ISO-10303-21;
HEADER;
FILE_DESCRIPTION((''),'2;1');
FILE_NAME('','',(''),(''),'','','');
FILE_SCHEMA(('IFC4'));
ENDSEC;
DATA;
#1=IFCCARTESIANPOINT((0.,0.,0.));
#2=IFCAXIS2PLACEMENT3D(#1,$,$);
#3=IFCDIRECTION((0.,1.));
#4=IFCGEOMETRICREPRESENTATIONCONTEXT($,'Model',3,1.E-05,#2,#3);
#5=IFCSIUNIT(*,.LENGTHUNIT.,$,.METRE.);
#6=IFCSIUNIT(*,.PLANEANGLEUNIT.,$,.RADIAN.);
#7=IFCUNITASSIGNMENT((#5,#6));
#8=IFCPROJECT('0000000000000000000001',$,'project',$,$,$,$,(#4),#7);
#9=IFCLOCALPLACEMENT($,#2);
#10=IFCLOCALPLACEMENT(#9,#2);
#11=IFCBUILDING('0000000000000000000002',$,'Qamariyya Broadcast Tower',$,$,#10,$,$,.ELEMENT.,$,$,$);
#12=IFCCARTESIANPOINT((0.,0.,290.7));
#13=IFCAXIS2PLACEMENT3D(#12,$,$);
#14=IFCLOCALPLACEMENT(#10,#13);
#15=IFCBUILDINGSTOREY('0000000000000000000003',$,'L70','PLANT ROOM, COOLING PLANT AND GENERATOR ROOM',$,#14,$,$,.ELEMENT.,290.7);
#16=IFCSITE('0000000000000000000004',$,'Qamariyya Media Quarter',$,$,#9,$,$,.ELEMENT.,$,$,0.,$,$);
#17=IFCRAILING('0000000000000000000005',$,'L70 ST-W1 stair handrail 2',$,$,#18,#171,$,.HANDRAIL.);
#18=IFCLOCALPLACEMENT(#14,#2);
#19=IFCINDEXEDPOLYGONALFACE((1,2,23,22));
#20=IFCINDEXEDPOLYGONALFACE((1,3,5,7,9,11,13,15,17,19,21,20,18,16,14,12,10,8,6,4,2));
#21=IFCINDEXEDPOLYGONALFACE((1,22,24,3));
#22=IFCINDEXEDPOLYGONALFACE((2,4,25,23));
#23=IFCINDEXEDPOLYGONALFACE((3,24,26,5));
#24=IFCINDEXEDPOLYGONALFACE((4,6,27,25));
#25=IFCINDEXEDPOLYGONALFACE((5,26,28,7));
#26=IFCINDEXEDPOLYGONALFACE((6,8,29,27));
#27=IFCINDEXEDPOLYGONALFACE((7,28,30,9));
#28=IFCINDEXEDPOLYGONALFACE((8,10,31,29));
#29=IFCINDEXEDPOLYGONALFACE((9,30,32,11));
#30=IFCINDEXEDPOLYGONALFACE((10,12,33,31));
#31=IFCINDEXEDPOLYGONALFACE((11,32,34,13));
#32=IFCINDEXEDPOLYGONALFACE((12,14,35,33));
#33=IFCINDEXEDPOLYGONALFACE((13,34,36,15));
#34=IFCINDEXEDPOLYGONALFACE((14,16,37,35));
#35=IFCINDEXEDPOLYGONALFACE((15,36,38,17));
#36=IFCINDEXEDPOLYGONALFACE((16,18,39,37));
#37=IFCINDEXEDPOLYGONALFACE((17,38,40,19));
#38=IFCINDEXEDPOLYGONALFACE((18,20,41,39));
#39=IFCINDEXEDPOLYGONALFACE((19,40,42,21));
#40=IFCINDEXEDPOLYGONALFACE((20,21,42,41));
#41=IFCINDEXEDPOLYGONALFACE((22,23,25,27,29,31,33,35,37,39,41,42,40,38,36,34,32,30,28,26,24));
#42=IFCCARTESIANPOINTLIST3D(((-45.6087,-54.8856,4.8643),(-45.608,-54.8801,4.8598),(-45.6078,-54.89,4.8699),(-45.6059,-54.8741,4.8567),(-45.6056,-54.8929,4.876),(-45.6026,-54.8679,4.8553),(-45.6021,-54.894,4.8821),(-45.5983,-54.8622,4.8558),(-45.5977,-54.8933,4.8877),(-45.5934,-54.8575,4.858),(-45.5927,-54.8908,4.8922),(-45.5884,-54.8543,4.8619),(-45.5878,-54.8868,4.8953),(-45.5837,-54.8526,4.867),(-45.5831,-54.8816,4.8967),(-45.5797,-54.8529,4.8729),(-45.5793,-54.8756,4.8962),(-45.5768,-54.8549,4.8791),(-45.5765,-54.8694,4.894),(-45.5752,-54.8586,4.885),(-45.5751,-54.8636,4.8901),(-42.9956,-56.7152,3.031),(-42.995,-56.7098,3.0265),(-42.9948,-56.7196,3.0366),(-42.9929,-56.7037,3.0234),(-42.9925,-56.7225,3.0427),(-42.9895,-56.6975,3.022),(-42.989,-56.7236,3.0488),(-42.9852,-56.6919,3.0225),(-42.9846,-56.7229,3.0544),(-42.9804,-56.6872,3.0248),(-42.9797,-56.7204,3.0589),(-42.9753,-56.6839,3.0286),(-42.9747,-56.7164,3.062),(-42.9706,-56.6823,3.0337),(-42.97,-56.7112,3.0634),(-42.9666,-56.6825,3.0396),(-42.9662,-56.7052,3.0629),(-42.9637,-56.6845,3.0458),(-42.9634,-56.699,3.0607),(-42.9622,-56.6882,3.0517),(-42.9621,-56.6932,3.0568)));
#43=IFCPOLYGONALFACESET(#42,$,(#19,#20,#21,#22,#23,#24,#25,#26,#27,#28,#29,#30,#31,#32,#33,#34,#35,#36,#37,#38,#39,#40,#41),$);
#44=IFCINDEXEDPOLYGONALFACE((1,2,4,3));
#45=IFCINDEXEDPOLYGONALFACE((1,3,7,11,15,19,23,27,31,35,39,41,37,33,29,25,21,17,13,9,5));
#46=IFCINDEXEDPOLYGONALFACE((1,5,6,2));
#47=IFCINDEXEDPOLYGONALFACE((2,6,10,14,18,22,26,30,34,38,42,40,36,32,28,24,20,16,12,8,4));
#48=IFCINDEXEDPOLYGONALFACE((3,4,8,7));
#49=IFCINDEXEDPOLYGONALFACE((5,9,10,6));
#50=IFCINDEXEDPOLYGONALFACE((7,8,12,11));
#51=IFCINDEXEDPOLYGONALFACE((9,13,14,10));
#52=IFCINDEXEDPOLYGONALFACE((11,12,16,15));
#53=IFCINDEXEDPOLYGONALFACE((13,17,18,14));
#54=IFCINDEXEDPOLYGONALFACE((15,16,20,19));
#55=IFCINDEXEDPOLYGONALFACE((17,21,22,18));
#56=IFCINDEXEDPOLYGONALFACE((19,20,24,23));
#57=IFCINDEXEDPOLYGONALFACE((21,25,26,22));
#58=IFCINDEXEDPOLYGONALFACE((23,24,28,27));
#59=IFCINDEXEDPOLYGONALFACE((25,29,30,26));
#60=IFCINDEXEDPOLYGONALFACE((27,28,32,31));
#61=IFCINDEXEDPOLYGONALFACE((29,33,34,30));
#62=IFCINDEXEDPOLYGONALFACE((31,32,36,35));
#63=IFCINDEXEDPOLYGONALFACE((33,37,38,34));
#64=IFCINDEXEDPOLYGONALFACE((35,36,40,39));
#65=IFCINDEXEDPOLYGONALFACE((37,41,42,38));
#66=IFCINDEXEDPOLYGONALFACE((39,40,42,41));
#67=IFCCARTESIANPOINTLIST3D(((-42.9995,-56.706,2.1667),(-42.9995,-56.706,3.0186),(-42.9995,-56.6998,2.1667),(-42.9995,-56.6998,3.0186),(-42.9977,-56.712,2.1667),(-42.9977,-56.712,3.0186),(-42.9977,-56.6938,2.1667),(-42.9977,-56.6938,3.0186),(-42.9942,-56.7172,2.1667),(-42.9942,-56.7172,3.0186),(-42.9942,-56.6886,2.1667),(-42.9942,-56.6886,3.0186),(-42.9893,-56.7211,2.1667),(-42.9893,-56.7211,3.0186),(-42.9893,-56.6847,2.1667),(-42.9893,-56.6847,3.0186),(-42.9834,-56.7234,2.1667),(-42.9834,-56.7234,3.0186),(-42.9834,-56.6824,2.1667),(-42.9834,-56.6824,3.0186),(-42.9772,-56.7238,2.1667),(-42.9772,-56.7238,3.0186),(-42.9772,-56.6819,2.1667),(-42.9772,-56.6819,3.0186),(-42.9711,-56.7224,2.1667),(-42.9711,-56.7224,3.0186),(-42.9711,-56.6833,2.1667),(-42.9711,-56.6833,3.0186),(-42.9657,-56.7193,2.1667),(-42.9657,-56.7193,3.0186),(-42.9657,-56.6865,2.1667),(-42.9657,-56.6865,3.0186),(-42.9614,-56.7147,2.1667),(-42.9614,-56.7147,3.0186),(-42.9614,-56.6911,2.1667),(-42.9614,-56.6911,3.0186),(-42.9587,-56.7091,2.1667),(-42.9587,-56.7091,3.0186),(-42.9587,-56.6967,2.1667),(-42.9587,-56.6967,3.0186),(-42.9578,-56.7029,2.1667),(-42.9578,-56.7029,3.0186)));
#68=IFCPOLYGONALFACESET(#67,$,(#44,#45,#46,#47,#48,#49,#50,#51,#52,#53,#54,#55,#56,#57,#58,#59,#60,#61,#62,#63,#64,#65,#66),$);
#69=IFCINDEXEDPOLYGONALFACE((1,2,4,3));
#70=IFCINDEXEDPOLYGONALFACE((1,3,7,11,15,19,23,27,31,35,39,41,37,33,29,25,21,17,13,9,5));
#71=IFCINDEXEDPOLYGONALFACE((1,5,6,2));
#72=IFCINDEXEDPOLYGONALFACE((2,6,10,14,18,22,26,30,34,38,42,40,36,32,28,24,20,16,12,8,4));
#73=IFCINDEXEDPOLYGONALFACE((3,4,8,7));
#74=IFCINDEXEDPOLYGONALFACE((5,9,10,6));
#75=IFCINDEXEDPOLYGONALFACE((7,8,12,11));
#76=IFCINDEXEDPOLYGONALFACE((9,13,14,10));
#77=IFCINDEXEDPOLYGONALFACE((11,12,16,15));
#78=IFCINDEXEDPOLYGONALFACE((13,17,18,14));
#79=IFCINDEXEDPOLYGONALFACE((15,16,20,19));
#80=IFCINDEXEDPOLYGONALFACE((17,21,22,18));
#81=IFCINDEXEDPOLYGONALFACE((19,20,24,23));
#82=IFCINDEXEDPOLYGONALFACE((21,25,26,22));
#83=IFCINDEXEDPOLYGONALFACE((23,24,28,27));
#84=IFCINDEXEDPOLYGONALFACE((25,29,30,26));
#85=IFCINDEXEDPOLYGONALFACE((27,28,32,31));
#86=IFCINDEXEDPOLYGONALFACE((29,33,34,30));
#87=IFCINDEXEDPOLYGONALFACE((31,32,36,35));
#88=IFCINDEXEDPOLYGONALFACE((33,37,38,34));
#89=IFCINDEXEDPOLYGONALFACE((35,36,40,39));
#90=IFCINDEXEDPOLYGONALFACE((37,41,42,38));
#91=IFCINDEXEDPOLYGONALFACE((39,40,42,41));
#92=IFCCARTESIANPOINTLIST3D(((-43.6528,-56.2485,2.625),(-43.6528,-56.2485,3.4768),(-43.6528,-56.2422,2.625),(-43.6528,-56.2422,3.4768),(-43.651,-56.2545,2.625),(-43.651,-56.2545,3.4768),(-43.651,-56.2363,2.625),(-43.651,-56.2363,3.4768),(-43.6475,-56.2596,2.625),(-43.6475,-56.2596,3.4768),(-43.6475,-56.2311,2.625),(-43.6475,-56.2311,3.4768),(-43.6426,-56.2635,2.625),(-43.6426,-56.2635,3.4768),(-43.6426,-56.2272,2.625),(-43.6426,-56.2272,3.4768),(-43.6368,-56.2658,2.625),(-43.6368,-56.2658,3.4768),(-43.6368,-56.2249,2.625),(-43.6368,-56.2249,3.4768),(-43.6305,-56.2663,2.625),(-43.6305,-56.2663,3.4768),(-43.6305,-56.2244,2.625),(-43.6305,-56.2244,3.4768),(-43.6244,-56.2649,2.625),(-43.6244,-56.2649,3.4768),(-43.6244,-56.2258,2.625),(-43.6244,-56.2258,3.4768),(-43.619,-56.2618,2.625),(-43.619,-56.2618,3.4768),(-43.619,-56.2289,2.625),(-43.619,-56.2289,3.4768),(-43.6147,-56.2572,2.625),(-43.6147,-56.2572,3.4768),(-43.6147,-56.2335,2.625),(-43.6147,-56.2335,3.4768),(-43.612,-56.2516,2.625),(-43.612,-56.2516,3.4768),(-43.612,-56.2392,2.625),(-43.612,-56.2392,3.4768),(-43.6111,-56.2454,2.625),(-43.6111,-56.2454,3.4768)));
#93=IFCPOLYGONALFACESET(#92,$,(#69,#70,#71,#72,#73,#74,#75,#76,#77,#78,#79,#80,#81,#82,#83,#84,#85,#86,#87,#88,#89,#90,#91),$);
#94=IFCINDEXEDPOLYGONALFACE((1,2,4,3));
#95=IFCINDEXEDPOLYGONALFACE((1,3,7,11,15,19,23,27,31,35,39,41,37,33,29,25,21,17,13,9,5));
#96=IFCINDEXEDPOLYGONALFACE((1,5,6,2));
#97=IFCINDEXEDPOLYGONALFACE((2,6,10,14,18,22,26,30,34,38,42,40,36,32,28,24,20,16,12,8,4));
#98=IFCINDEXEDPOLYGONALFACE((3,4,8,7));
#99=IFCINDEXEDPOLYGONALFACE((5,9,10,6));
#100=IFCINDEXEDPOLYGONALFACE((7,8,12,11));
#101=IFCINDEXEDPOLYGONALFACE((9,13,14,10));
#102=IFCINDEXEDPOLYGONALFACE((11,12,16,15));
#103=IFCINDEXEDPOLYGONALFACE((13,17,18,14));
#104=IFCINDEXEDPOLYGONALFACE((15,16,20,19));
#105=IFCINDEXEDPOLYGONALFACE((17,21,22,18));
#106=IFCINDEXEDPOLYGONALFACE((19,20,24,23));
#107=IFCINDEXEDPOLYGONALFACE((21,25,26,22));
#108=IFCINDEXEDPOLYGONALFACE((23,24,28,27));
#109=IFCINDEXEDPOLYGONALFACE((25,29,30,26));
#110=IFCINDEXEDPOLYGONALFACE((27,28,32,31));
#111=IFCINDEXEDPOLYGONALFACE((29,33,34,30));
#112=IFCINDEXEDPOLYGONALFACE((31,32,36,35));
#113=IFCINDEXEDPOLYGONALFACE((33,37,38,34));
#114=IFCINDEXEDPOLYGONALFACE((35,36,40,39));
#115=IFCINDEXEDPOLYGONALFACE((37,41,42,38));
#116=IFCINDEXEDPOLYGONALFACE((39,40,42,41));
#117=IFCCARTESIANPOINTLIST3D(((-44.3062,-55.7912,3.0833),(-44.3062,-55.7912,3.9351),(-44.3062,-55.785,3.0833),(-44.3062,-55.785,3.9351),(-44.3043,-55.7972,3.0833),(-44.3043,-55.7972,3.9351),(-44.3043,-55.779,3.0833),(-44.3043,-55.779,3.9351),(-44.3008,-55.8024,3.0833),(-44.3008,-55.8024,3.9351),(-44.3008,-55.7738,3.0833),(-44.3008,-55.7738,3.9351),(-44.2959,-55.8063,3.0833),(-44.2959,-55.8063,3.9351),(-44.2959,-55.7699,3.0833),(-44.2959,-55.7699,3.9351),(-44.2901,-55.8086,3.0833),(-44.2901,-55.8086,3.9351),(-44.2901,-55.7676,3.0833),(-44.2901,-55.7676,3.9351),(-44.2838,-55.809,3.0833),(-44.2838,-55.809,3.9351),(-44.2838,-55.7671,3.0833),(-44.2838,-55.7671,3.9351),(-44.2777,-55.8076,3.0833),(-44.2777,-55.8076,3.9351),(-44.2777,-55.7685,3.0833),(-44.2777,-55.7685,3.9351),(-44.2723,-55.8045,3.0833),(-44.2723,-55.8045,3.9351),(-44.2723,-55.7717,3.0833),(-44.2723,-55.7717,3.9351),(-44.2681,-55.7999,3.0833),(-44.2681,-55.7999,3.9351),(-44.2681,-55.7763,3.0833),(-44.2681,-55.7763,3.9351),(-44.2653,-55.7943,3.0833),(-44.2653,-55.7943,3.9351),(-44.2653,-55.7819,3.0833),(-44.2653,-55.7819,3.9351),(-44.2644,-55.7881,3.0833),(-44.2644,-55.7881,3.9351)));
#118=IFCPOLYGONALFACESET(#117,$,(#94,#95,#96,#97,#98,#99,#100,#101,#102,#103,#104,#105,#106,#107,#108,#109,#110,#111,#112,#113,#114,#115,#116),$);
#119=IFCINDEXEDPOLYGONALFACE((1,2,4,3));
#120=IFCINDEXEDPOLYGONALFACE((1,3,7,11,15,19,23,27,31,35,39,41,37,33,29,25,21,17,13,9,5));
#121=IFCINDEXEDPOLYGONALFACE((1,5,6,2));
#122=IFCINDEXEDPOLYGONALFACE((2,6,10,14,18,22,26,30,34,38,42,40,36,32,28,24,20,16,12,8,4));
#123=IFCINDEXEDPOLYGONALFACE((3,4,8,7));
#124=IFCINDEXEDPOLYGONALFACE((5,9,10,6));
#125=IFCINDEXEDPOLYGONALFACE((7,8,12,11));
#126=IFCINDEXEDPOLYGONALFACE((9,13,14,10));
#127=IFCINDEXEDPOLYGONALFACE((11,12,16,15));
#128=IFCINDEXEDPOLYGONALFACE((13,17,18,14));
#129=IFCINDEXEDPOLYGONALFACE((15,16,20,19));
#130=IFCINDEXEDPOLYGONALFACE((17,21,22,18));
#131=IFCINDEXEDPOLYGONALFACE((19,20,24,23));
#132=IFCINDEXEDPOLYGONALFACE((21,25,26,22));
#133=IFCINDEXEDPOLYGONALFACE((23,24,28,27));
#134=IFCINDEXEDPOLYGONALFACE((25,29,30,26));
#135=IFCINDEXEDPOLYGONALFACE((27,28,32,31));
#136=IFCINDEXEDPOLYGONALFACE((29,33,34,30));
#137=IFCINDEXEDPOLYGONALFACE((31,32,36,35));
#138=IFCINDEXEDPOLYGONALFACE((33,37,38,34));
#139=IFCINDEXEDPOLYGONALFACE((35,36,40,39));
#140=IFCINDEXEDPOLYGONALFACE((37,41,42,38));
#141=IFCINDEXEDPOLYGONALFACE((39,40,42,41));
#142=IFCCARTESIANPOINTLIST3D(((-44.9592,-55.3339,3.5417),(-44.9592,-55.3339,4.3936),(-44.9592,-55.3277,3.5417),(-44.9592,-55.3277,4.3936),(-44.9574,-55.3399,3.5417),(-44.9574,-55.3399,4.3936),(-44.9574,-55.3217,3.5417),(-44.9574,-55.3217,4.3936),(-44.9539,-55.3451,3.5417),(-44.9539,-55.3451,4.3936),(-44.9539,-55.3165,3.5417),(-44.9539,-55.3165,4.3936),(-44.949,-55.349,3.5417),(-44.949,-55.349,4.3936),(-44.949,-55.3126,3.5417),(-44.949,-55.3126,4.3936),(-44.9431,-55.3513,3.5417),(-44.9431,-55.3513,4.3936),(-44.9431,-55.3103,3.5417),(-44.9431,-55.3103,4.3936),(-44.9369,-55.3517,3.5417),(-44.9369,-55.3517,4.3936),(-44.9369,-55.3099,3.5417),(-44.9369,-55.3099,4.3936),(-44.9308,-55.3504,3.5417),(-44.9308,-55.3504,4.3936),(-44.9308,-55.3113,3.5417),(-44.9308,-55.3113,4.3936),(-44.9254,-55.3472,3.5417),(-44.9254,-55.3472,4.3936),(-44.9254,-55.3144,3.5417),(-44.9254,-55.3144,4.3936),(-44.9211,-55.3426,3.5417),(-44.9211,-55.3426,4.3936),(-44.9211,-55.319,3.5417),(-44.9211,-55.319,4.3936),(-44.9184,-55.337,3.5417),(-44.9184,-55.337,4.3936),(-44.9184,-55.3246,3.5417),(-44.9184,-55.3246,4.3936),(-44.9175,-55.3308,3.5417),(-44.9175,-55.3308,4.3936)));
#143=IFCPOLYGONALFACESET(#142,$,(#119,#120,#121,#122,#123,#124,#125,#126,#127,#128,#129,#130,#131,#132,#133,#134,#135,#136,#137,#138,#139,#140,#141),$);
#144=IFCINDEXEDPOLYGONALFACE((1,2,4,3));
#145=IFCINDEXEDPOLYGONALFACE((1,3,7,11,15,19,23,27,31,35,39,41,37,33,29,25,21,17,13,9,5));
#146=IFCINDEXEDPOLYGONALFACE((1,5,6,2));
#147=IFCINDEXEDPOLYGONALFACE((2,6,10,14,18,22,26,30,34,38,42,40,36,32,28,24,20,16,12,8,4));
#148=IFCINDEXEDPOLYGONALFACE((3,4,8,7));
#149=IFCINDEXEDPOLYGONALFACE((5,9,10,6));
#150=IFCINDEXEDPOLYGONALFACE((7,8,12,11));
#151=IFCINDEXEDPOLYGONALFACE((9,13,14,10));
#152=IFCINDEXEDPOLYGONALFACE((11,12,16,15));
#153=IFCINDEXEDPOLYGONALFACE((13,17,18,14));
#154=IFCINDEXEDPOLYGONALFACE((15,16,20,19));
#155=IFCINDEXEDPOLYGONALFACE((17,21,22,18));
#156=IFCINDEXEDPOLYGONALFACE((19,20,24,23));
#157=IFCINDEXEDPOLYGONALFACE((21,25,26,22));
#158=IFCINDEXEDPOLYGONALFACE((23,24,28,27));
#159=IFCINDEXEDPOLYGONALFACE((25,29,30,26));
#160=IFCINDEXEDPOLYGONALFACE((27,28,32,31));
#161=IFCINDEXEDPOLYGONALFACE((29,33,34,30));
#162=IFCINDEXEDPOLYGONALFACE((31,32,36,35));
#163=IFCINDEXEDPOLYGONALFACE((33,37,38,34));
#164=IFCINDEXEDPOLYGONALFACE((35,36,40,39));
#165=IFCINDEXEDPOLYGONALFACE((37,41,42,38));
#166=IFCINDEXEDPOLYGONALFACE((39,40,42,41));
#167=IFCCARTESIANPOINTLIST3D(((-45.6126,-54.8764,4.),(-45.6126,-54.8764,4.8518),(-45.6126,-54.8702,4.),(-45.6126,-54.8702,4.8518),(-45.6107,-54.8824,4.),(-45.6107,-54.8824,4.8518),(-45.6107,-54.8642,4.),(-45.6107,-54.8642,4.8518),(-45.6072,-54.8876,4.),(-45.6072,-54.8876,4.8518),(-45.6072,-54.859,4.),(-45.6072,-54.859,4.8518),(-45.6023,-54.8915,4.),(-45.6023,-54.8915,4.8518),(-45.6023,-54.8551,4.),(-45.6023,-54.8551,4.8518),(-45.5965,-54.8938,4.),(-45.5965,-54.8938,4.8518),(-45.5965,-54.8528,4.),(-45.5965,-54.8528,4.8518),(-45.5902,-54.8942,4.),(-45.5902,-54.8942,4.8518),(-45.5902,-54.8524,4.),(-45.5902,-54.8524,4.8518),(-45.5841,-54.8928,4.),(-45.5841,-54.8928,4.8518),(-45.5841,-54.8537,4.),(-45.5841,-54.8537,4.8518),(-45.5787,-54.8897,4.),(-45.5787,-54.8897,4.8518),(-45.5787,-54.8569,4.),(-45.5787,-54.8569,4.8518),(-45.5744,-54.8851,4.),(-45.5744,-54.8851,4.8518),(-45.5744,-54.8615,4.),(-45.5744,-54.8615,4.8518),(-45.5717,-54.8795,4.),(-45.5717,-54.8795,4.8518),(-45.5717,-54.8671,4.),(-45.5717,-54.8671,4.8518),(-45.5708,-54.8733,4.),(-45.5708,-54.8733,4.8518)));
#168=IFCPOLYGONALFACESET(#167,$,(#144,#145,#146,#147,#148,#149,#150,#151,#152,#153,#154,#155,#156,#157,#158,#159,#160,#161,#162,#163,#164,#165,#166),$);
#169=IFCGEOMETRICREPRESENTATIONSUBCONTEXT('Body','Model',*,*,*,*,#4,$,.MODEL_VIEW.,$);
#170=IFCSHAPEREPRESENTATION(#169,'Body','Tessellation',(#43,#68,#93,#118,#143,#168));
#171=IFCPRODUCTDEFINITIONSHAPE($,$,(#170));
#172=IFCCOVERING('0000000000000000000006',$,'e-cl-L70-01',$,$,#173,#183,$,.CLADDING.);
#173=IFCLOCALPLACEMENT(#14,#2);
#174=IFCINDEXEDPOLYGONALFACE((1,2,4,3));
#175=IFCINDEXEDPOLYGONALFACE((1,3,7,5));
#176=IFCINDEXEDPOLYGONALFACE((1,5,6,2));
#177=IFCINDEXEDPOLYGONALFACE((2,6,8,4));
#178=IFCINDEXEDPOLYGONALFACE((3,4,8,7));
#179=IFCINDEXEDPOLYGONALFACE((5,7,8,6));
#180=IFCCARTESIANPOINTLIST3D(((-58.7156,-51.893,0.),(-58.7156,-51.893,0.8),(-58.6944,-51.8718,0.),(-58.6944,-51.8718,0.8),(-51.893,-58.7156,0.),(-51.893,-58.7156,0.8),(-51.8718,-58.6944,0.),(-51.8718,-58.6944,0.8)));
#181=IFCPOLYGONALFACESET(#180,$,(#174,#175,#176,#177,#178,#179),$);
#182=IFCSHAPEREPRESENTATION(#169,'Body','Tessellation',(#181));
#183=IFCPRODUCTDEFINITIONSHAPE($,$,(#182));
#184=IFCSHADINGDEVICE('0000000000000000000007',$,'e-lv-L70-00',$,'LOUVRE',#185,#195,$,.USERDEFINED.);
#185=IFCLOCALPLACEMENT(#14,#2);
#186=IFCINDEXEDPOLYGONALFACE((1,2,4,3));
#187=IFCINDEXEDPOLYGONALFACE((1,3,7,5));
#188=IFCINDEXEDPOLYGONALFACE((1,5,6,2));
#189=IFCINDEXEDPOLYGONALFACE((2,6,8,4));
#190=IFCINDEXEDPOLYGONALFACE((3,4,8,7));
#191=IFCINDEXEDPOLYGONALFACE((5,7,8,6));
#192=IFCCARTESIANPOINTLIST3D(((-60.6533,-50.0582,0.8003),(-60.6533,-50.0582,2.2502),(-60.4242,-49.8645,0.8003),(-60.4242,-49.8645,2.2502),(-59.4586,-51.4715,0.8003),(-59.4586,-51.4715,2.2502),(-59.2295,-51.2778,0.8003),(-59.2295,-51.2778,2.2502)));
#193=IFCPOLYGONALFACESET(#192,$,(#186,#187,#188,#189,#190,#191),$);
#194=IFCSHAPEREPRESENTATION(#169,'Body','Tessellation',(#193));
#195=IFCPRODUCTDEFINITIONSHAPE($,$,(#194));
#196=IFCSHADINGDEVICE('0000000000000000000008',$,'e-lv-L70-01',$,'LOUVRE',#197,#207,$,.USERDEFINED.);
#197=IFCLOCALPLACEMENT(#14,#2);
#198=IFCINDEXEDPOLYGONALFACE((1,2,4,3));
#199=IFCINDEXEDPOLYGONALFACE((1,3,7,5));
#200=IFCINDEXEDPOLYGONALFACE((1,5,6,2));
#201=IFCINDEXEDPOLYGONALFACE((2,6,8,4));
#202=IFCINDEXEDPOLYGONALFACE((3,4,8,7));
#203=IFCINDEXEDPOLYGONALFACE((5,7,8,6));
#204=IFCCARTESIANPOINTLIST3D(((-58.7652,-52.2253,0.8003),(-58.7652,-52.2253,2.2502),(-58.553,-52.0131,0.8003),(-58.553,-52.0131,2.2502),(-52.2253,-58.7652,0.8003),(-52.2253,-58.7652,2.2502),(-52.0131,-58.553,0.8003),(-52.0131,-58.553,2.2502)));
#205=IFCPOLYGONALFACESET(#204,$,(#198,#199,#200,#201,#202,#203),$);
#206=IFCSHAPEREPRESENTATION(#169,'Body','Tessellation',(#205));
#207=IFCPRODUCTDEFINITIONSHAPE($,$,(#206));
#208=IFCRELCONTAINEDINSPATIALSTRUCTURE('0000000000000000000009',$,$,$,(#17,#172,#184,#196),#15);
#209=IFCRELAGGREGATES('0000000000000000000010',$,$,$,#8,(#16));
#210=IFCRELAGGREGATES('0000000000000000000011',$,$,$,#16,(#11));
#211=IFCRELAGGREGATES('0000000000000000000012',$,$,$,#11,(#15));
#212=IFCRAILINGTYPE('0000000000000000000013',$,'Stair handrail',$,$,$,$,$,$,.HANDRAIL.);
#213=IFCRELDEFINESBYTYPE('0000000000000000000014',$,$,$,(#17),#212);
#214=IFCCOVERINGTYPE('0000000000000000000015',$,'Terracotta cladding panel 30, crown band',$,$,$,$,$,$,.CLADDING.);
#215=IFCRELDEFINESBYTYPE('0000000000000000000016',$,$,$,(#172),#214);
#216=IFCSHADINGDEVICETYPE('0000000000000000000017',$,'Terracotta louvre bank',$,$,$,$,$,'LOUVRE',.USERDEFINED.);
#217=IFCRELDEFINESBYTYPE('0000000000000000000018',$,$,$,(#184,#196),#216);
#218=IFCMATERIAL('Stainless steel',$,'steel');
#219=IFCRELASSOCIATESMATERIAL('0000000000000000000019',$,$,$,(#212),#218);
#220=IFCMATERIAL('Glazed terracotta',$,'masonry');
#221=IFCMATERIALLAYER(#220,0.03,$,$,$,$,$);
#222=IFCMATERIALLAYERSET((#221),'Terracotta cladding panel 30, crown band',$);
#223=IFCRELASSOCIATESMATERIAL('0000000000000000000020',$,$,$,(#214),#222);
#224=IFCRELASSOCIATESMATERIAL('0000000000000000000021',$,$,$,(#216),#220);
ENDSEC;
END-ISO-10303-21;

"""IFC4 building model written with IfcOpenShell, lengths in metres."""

from ifc_helpers import new_model, si_unit, direction, frame, origin, origin_2d, place, context, subcontext, project, spatial, rectangle, circle, extrude, material, layer, layer_set, type_object, element, save


model = new_model("IFC4")

# Units and contexts
model_context = context("Model", 3, precision=1e-05, world=origin(), true_north=direction((0.0, 1.0)))
body_context = subcontext(model_context, "Body", "Model", "MODEL_VIEW")
ifc_project = project(units=[si_unit("LENGTHUNIT", "METRE"), si_unit("PLANEANGLEUNIT", "RADIAN")], contexts=[model_context])

# Site, building, storey
site_placement = place(None, origin())
site = spatial("IfcSite", under=ifc_project, at=site_placement, Name="Qamariyya Media Quarter", CompositionType="ELEMENT", RefElevation=0.0)
building_placement = place(site_placement, origin())
building = spatial("IfcBuilding", under=site, at=building_placement, Name="Qamariyya Broadcast Tower", CompositionType="ELEMENT")
storey_placement = place(building_placement, frame((0.0, 0.0, 290.7)))
storey = spatial("IfcBuildingStorey", under=building, at=storey_placement, Name="L70", Description="PLANT ROOM, COOLING PLANT AND GENERATOR ROOM", CompositionType="ELEMENT", Elevation=290.7)

# Railing
ifc_material_1 = material(Name="Stainless steel", Category="steel")
railing_type_1 = type_object("IfcRailingType", Name="Stair handrail", PredefinedType="HANDRAIL", material=ifc_material_1)
railing_1_placement = place(storey_placement, frame((-42.9788, -56.7029, 2.1667)))
element("IfcRailing", 1, at=railing_1_placement, inside=storey, type_object=railing_type_1, Name="L70 ST-W1 stair handrail 2", PredefinedType="HANDRAIL", context=body_context, shape_type="SweptSolid", body=[
    extrude(circle(Radius=0.0239, at=origin_2d()), frame((0.0, 0.0, 0.876), z_axis=(-0.710228, 0.497285, 0.498281), x_axis=(-0.57356, -0.819164, 0.0)), (0.0, 0.0, 1.0), 3.6792),
    extrude(circle(Radius=0.021, at=origin_2d()), origin(), (0.0, 0.0, 1.0), 0.8518),
    extrude(circle(Radius=0.021, at=origin_2d()), frame((-0.6533, 0.4575, 0.4583)), (0.0, 0.0, 1.0), 0.8518),
    extrude(circle(Radius=0.021, at=origin_2d()), frame((-1.3066, 0.9148, 0.9165)), (0.0, 0.0, 1.0), 0.8518),
    extrude(circle(Radius=0.021, at=origin_2d()), frame((-1.9597, 1.3721, 1.375)), (0.0, 0.0, 1.0), 0.8518),
    extrude(circle(Radius=0.021, at=origin_2d()), frame((-2.613, 1.8296, 1.8333)), (0.0, 0.0, 1.0), 0.8518),
])

# Covering
ifc_material_2 = material(Name="Glazed terracotta", Category="masonry")
ifc_layer_1 = layer(ifc_material_2, 0.03)
ifc_layer_set_1 = layer_set([ifc_layer_1], Name="Terracotta cladding panel 30, crown band")
covering_type = type_object("IfcCoveringType", Name="Terracotta cladding panel 30, crown band", PredefinedType="CLADDING", material=ifc_layer_set_1)
covering_placement = place(storey_placement, frame((-55.2937, -55.2937, 0.0), z_axis=(0.0, 0.0, 1.0), x_axis=(0.707107, -0.707107, 0.0)))
element("IfcCovering", 2, at=covering_placement, inside=storey, type_object=covering_type, Name="e-cl-L70-01", PredefinedType="CLADDING", context=body_context, shape_type="SweptSolid", body=[
    extrude(rectangle(XDim=9.6487, YDim=0.03, at=origin_2d()), origin(), (0.0, 0.0, 1.0), 0.8),
])

# Shading devices
shading_device_type = type_object("IfcShadingDeviceType", Name="Terracotta louvre bank", ElementType="LOUVRE", PredefinedType="USERDEFINED", material=ifc_material_2)
shading_device_1_placement = place(storey_placement, frame((-59.9414, -50.668, 0.8003), z_axis=(0.0, 0.0, 1.0), x_axis=(0.64556, -0.76371, 0.0)))
element("IfcShadingDevice", 3, at=shading_device_1_placement, inside=storey, type_object=shading_device_type, Name="e-lv-L70-00", ObjectType="LOUVRE", PredefinedType="USERDEFINED", context=body_context, shape_type="SweptSolid", body=[
    extrude(rectangle(XDim=1.8506, YDim=0.3, at=origin_2d()), origin(), (0.0, 0.0, 1.0), 1.45),
])
shading_device_2_placement = place(storey_placement, frame((-55.3892, -55.3892, 0.8003), z_axis=(0.0, 0.0, 1.0), x_axis=(0.707107, -0.707107, 0.0)))
element("IfcShadingDevice", 4, at=shading_device_2_placement, inside=storey, type_object=shading_device_type, Name="e-lv-L70-01", ObjectType="LOUVRE", PredefinedType="USERDEFINED", context=body_context, shape_type="SweptSolid", body=[
    extrude(rectangle(XDim=9.2488, YDim=0.3, at=origin_2d()), origin(), (0.0, 0.0, 1.0), 1.45),
])

save(model, "model.ifc")
